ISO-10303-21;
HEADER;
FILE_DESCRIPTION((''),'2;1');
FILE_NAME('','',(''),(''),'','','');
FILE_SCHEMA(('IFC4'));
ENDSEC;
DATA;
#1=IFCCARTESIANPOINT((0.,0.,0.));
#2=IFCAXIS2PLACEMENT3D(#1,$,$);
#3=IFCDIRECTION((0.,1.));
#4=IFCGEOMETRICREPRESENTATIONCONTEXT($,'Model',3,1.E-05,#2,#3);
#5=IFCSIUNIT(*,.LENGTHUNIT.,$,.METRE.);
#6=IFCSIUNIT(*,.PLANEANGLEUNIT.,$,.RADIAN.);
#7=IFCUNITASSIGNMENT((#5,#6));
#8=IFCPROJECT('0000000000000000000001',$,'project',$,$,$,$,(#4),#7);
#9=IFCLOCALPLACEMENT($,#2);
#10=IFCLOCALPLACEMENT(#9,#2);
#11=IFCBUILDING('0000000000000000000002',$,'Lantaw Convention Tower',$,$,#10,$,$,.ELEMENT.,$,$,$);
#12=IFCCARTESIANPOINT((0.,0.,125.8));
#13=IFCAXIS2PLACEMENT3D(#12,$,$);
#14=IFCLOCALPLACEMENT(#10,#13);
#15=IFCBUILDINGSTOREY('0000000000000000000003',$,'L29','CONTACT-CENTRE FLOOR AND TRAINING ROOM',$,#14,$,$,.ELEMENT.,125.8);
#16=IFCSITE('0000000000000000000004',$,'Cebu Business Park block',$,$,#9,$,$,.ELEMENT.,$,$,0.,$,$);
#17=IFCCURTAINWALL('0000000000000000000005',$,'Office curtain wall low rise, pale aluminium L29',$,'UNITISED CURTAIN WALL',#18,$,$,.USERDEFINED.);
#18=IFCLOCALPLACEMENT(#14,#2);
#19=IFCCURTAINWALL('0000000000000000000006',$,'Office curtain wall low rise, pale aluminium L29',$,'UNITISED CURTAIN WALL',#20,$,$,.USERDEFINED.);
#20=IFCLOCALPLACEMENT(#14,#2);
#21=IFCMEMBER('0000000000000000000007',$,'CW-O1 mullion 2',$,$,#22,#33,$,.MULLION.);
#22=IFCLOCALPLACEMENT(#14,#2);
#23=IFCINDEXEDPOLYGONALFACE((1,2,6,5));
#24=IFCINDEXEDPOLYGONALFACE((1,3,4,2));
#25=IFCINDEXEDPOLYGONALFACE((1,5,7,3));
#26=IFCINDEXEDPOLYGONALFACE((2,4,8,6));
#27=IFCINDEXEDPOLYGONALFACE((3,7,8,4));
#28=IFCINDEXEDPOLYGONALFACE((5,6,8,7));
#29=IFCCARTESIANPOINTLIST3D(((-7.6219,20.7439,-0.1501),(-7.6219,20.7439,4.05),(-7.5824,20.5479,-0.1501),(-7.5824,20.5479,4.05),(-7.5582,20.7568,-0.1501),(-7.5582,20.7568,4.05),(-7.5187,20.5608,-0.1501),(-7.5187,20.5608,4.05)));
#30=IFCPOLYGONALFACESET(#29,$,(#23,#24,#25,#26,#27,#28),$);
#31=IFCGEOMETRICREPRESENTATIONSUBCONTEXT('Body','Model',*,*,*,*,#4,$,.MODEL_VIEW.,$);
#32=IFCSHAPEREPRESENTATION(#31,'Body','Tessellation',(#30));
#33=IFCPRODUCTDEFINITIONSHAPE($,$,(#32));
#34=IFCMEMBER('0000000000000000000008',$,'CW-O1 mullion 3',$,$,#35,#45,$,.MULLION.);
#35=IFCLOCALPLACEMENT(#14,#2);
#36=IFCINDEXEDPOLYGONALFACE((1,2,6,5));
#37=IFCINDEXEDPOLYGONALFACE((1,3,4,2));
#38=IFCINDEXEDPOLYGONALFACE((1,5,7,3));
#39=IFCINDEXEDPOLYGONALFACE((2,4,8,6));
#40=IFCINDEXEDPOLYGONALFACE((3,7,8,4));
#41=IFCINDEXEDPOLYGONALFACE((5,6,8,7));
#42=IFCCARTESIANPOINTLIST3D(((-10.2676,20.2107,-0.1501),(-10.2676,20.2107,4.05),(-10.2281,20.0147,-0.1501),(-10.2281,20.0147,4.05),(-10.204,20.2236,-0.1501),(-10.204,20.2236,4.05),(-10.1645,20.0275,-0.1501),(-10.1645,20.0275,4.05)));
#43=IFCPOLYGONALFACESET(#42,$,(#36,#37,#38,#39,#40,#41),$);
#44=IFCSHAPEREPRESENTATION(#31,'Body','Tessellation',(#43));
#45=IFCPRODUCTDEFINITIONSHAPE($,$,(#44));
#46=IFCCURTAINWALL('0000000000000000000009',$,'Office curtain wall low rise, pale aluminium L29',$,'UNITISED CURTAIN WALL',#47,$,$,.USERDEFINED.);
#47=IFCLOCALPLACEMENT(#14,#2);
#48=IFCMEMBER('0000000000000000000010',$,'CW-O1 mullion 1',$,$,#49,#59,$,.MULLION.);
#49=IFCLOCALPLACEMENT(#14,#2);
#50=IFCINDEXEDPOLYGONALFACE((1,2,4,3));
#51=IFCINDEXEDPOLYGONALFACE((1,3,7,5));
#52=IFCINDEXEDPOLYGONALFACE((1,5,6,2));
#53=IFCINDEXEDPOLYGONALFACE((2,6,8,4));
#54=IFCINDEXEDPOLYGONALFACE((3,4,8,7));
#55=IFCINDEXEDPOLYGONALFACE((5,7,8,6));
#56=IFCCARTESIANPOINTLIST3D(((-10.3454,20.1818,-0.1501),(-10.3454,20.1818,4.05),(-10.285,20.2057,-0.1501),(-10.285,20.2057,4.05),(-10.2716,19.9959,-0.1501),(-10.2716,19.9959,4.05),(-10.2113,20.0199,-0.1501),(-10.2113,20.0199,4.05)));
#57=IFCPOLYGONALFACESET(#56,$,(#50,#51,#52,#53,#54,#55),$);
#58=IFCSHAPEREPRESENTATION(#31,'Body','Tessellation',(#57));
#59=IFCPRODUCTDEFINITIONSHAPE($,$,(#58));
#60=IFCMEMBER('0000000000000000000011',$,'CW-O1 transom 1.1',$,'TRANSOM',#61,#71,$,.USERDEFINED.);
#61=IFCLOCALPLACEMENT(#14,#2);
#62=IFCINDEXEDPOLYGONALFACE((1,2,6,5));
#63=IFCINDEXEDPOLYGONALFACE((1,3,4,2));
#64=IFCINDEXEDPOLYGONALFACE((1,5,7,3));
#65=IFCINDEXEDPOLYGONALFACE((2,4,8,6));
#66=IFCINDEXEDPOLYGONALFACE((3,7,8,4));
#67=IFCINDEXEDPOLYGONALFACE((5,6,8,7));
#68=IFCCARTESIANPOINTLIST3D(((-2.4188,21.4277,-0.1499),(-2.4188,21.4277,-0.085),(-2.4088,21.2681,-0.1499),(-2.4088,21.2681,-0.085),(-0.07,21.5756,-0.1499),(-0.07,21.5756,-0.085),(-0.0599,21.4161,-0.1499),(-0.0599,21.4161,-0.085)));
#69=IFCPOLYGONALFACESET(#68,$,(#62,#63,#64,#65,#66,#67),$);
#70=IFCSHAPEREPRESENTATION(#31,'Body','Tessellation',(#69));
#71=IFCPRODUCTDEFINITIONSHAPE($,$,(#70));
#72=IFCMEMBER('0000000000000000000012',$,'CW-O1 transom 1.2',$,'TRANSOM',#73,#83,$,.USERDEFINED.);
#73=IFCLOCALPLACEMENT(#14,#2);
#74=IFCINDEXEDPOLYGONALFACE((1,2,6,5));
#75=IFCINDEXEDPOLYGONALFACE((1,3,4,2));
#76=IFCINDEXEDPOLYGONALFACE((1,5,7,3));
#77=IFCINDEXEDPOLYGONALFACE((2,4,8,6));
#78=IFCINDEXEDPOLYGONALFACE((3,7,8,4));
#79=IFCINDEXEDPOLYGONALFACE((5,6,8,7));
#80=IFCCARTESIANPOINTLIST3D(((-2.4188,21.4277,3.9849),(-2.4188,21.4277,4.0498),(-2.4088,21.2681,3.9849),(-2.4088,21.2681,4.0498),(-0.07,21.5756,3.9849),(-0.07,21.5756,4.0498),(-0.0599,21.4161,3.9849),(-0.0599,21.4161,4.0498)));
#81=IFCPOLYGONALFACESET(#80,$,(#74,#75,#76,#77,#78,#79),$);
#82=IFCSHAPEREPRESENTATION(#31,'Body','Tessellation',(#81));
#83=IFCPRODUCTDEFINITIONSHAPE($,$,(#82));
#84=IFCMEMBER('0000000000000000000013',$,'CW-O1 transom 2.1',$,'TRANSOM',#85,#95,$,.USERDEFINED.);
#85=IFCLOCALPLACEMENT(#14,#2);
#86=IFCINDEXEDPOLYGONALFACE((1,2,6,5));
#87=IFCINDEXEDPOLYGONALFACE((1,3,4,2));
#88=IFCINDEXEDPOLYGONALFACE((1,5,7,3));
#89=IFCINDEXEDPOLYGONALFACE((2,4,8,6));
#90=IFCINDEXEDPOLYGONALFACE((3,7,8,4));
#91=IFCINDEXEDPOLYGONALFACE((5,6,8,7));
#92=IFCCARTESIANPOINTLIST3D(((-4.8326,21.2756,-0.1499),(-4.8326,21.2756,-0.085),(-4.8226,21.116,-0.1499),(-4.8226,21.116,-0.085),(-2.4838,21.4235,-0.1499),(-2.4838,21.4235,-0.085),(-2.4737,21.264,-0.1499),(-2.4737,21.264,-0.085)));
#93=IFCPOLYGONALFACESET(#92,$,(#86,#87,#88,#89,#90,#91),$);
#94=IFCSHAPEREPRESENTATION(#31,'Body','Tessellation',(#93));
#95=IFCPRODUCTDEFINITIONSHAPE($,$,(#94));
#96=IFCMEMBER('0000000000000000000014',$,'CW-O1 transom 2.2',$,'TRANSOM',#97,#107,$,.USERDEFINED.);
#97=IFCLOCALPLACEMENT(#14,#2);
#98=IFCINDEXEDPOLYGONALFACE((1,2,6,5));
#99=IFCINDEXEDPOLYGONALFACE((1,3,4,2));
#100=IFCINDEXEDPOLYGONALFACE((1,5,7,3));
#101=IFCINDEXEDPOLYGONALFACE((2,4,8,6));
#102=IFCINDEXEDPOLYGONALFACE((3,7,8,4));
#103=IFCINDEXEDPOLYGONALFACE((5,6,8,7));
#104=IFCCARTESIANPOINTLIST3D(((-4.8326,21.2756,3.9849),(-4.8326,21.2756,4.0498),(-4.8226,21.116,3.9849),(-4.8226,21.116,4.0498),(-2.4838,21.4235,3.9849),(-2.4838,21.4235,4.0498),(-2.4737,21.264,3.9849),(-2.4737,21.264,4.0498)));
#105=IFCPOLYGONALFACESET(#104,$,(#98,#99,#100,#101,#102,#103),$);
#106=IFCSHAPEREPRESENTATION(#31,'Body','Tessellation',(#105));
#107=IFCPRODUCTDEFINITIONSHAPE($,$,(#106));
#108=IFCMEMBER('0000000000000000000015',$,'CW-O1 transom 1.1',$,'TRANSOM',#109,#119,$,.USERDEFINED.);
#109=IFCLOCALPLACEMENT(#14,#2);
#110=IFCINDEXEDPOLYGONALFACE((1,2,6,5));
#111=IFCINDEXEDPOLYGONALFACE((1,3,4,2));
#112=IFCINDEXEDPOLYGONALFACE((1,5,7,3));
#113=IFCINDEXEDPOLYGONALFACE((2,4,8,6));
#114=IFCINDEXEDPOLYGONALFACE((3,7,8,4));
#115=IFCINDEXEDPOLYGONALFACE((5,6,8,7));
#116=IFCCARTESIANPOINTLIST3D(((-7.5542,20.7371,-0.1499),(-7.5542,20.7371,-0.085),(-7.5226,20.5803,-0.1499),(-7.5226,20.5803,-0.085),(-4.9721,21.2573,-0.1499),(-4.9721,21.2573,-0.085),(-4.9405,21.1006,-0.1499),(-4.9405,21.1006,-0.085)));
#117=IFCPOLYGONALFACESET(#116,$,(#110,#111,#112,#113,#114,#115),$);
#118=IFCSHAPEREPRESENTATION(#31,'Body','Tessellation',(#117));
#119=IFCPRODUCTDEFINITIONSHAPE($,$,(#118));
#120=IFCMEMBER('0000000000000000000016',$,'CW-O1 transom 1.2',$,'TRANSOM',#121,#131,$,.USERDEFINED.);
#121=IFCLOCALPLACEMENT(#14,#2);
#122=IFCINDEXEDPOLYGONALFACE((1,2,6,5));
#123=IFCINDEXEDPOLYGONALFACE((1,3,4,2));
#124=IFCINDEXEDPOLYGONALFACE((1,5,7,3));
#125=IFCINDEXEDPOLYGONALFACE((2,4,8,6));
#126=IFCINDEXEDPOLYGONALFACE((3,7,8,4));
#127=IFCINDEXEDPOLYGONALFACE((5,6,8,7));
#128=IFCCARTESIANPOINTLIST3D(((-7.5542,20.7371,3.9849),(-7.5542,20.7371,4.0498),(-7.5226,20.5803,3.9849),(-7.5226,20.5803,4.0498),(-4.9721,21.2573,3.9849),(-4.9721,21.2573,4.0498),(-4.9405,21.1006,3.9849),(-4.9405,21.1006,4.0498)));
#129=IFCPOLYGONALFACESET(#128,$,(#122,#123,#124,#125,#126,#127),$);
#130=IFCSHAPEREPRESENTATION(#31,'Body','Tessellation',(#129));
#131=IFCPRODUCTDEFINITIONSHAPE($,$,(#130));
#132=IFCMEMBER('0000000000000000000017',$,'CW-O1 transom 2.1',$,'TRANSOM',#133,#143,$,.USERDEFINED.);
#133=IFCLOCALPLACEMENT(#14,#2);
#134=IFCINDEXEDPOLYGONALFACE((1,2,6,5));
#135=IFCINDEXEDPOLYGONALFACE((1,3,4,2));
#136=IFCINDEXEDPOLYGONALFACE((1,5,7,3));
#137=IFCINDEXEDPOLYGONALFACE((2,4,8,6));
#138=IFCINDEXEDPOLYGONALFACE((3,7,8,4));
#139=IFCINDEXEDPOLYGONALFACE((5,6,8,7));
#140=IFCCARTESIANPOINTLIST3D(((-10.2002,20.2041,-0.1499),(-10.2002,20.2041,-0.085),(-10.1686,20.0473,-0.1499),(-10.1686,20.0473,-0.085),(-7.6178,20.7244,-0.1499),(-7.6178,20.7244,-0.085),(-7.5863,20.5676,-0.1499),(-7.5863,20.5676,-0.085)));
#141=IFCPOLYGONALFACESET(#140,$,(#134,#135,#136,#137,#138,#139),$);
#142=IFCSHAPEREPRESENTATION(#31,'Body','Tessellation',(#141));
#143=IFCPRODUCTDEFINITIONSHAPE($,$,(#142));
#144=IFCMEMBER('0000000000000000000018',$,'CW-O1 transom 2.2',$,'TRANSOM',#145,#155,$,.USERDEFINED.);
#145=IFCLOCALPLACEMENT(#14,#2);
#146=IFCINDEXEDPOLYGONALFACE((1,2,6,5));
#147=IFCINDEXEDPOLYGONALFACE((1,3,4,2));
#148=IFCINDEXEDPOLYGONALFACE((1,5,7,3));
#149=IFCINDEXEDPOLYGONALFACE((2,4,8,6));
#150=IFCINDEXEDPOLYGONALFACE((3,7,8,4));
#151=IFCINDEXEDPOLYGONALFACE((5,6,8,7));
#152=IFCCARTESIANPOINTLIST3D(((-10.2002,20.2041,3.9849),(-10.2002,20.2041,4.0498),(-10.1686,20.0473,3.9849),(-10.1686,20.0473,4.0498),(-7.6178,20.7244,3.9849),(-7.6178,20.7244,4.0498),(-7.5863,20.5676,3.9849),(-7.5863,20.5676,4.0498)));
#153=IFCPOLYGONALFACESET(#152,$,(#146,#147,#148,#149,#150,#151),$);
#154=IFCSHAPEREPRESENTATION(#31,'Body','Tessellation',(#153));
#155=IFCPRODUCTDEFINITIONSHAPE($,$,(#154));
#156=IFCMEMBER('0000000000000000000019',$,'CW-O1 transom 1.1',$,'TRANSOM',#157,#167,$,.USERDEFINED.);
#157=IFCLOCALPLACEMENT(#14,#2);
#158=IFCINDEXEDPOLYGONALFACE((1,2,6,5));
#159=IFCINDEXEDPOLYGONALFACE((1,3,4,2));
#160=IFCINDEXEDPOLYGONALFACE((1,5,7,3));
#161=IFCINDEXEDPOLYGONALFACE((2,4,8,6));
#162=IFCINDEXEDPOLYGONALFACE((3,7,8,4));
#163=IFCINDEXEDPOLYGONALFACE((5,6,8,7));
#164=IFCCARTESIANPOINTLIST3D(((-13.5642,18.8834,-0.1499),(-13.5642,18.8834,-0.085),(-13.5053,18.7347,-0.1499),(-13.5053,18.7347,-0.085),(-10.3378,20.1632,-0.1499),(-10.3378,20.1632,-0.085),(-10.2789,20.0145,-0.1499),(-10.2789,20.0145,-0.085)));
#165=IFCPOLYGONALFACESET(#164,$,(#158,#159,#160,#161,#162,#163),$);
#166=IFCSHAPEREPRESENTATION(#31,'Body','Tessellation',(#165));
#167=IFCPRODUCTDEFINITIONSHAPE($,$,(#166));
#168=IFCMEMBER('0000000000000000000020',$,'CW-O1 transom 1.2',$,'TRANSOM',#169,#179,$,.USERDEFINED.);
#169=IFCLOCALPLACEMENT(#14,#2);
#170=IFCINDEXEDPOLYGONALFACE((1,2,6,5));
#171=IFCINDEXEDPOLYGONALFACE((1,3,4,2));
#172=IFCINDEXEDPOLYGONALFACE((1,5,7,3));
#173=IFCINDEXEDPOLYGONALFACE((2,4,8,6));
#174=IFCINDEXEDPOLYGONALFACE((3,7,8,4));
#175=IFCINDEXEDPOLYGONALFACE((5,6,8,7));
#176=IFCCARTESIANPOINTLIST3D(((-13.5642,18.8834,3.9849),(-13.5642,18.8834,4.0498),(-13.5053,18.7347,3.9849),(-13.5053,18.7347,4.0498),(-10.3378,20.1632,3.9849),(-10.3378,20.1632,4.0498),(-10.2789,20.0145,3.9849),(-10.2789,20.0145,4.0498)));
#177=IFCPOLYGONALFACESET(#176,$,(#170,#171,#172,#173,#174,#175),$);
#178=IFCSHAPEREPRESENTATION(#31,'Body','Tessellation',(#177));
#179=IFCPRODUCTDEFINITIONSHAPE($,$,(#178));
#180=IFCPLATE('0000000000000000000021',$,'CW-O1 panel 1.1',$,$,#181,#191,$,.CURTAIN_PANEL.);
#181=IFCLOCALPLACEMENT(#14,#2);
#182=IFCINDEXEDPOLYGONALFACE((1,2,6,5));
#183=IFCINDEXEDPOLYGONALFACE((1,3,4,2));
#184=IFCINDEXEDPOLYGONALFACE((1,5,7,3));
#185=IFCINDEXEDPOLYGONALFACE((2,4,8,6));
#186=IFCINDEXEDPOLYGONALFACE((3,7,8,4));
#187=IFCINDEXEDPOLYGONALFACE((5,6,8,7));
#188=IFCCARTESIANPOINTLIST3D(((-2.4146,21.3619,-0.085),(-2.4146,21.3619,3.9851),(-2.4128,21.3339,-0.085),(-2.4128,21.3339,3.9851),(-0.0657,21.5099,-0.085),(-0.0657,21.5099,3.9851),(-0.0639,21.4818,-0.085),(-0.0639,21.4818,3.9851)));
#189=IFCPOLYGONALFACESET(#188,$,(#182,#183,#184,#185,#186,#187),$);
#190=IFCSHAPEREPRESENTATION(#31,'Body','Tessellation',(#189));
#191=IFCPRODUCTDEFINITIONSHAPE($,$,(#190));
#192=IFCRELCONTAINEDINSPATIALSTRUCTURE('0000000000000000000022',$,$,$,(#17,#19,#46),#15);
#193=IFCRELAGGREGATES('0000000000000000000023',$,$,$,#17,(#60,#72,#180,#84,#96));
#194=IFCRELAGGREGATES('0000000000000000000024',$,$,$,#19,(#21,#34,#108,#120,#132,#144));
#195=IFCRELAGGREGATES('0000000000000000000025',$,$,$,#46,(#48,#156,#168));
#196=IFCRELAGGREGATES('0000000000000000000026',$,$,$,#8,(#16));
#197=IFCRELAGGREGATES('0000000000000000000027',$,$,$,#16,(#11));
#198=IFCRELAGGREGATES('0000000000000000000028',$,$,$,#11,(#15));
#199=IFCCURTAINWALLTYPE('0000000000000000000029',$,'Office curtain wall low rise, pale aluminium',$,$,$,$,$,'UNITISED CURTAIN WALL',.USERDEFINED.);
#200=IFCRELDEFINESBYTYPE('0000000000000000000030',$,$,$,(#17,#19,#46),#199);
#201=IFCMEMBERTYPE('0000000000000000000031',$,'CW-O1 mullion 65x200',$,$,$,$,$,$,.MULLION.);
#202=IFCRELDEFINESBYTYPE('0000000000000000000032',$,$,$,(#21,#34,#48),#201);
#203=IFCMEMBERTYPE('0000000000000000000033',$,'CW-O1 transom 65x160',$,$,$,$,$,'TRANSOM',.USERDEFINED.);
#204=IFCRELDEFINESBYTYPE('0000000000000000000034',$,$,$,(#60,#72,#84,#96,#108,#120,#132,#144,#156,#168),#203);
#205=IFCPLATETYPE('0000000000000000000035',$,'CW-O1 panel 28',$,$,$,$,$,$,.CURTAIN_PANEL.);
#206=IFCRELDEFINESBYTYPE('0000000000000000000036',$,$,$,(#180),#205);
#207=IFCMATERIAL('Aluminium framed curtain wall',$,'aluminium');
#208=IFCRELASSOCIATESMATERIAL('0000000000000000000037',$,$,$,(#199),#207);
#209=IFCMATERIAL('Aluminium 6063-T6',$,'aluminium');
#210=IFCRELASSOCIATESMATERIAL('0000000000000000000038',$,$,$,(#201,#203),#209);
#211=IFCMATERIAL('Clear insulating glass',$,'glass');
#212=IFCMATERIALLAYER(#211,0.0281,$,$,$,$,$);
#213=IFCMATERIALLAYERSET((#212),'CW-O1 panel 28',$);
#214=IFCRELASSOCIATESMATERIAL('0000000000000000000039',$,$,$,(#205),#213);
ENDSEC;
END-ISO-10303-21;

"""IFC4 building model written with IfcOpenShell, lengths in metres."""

from ifc_helpers import new_model, si_unit, direction, frame, origin, origin_2d, place, context, subcontext, project, spatial, rectangle, extrude, material, layer, layer_set, material_profile, profile_set, type_object, element, aggregate, save


model = new_model("IFC4")

# Units and contexts
model_context = context("Model", 3, precision=1e-05, world=origin(), true_north=direction((0.0, 1.0)))
body_context = subcontext(model_context, "Body", "Model", "MODEL_VIEW")
ifc_project = project(units=[si_unit("LENGTHUNIT", "METRE"), si_unit("PLANEANGLEUNIT", "RADIAN")], contexts=[model_context])

# Site, building, storey
site_placement = place(None, origin())
site = spatial("IfcSite", under=ifc_project, at=site_placement, Name="Cebu Business Park block", CompositionType="ELEMENT", RefElevation=0.0)
building_placement = place(site_placement, origin())
building = spatial("IfcBuilding", under=site, at=building_placement, Name="Lantaw Convention Tower", CompositionType="ELEMENT")
storey_placement = place(building_placement, frame((0.0, 0.0, 125.8)))
storey = spatial("IfcBuildingStorey", under=building, at=storey_placement, Name="L29", Description="CONTACT-CENTRE FLOOR AND TRAINING ROOM", CompositionType="ELEMENT", Elevation=125.8)

# Curtain walls, members
ifc_material_1 = material(Name="Aluminium framed curtain wall", Category="aluminium")
curtain_wall_type = type_object("IfcCurtainWallType", Name="Office curtain wall low rise, pale aluminium", ElementType="UNITISED CURTAIN WALL", PredefinedType="USERDEFINED", material=ifc_material_1)
curtain_wall_1_placement = place(storey_placement, origin())
curtain_wall_1 = element("IfcCurtainWall", 1, at=curtain_wall_1_placement, inside=storey, type_object=curtain_wall_type, Name="Office curtain wall low rise, pale aluminium L29", ObjectType="UNITISED CURTAIN WALL", PredefinedType="USERDEFINED")
ifc_material_2 = material(Name="Aluminium 6063-T6", Category="aluminium")
ifc_material_profile_1 = material_profile(ifc_material_2, rectangle(XDim=0.2, YDim=0.0649, at=origin_2d()), Name="CW-O1 mullion 65x200")
ifc_profile_set_1 = profile_set([ifc_material_profile_1], Name="Aluminium 6063-T6")
member_type_1 = type_object("IfcMemberType", Name="CW-O1 mullion 65x200", PredefinedType="MULLION", material=ifc_profile_set_1)
curtain_wall_2_placement = place(storey_placement, origin())
curtain_wall_2 = element("IfcCurtainWall", 2, at=curtain_wall_2_placement, inside=storey, type_object=curtain_wall_type, Name="Office curtain wall low rise, pale aluminium L29", ObjectType="UNITISED CURTAIN WALL", PredefinedType="USERDEFINED")
member_1_placement = place(storey_placement, frame((-7.5703, 20.6523, -0.1501), z_axis=(0.0, 0.0, 1.0), x_axis=(0.197507, -0.980302, 0.0)))
member_1 = element("IfcMember", 3, at=member_1_placement, type_object=member_type_1, Name="CW-O1 mullion 2", PredefinedType="MULLION", context=body_context, shape_type="SweptSolid", body=[
    extrude(rectangle(XDim=0.2, YDim=0.0649, at=origin_2d()), origin(), (0.0, 0.0, 1.0), 4.2002),
])
member_2_placement = place(storey_placement, frame((-10.2161, 20.1191, -0.1501), z_axis=(0.0, 0.0, 1.0), x_axis=(0.197507, -0.980302, 0.0)))
member_2 = element("IfcMember", 4, at=member_2_placement, type_object=member_type_1, Name="CW-O1 mullion 3", PredefinedType="MULLION", context=body_context, shape_type="SweptSolid", body=[
    extrude(rectangle(XDim=0.2, YDim=0.0649, at=origin_2d()), origin(), (0.0, 0.0, 1.0), 4.2002),
])

# Curtain wall, member
curtain_wall_3_placement = place(storey_placement, origin())
curtain_wall_3 = element("IfcCurtainWall", 5, at=curtain_wall_3_placement, inside=storey, type_object=curtain_wall_type, Name="Office curtain wall low rise, pale aluminium L29", ObjectType="UNITISED CURTAIN WALL", PredefinedType="USERDEFINED")
member_3_placement = place(storey_placement, frame((-10.2783, 20.1008, -0.1501), z_axis=(0.0, 0.0, 1.0), x_axis=(0.368702, -0.929548, 0.0)))
member_3 = element("IfcMember", 6, at=member_3_placement, type_object=member_type_1, Name="CW-O1 mullion 1", PredefinedType="MULLION", context=body_context, shape_type="SweptSolid", body=[
    extrude(rectangle(XDim=0.2, YDim=0.0649, at=origin_2d()), origin(), (0.0, 0.0, 1.0), 4.2002),
])

# Members
ifc_material_profile_2 = material_profile(ifc_material_2, rectangle(XDim=0.1599, YDim=0.0649, at=origin_2d()), Name="CW-O1 transom 65x160")
ifc_profile_set_2 = profile_set([ifc_material_profile_2], Name="Aluminium 6063-T6")
member_type_2 = type_object("IfcMemberType", Name="CW-O1 transom 65x160", ElementType="TRANSOM", PredefinedType="USERDEFINED", material=ifc_profile_set_2)
member_4_placement = place(storey_placement, frame((-0.0649, 21.4958, -0.1174), z_axis=(-0.998022, -0.062863, 0.0), x_axis=(0.062863, -0.998022, 0.0)))
member_4 = element("IfcMember", 7, at=member_4_placement, type_object=member_type_2, Name="CW-O1 transom 1.1", ObjectType="TRANSOM", PredefinedType="USERDEFINED", context=body_context, shape_type="SweptSolid", body=[
    extrude(rectangle(XDim=0.1599, YDim=0.0649, at=origin_2d()), origin(), (0.0, 0.0, 1.0), 2.3535),
])
member_5_placement = place(storey_placement, frame((-0.0649, 21.4958, 4.0173), z_axis=(-0.998022, -0.062863, 0.0), x_axis=(0.062863, -0.998022, 0.0)))
member_5 = element("IfcMember", 8, at=member_5_placement, type_object=member_type_2, Name="CW-O1 transom 1.2", ObjectType="TRANSOM", PredefinedType="USERDEFINED", context=body_context, shape_type="SweptSolid", body=[
    extrude(rectangle(XDim=0.1599, YDim=0.0649, at=origin_2d()), origin(), (0.0, 0.0, 1.0), 2.3535),
])
member_6_placement = place(storey_placement, frame((-2.4788, 21.3438, -0.1174), z_axis=(-0.998022, -0.062863, 0.0), x_axis=(0.062863, -0.998022, 0.0)))
member_6 = element("IfcMember", 9, at=member_6_placement, type_object=member_type_2, Name="CW-O1 transom 2.1", ObjectType="TRANSOM", PredefinedType="USERDEFINED", context=body_context, shape_type="SweptSolid", body=[
    extrude(rectangle(XDim=0.1599, YDim=0.0649, at=origin_2d()), origin(), (0.0, 0.0, 1.0), 2.3535),
])
member_7_placement = place(storey_placement, frame((-2.4788, 21.3438, 4.0173), z_axis=(-0.998022, -0.062863, 0.0), x_axis=(0.062863, -0.998022, 0.0)))
member_7 = element("IfcMember", 10, at=member_7_placement, type_object=member_type_2, Name="CW-O1 transom 2.2", ObjectType="TRANSOM", PredefinedType="USERDEFINED", context=body_context, shape_type="SweptSolid", body=[
    extrude(rectangle(XDim=0.1599, YDim=0.0649, at=origin_2d()), origin(), (0.0, 0.0, 1.0), 2.3535),
])
member_8_placement = place(storey_placement, frame((-4.9563, 21.179, -0.1174), z_axis=(-0.980298, -0.197524, 0.0), x_axis=(0.197524, -0.980298, 0.0)))
member_8 = element("IfcMember", 11, at=member_8_placement, type_object=member_type_2, Name="CW-O1 transom 1.1", ObjectType="TRANSOM", PredefinedType="USERDEFINED", context=body_context, shape_type="SweptSolid", body=[
    extrude(rectangle(XDim=0.1599, YDim=0.0649, at=origin_2d()), origin(), (0.0, 0.0, 1.0), 2.634),
])
member_9_placement = place(storey_placement, frame((-4.9563, 21.179, 4.0173), z_axis=(-0.980298, -0.197524, 0.0), x_axis=(0.197524, -0.980298, 0.0)))
member_9 = element("IfcMember", 12, at=member_9_placement, type_object=member_type_2, Name="CW-O1 transom 1.2", ObjectType="TRANSOM", PredefinedType="USERDEFINED", context=body_context, shape_type="SweptSolid", body=[
    extrude(rectangle(XDim=0.1599, YDim=0.0649, at=origin_2d()), origin(), (0.0, 0.0, 1.0), 2.634),
])
member_10_placement = place(storey_placement, frame((-7.6021, 20.646, -0.1174), z_axis=(-0.980302, -0.197506, 0.0), x_axis=(0.197506, -0.980302, 0.0)))
member_10 = element("IfcMember", 13, at=member_10_placement, type_object=member_type_2, Name="CW-O1 transom 2.1", ObjectType="TRANSOM", PredefinedType="USERDEFINED", context=body_context, shape_type="SweptSolid", body=[
    extrude(rectangle(XDim=0.1599, YDim=0.0649, at=origin_2d()), origin(), (0.0, 0.0, 1.0), 2.6343),
])
member_11_placement = place(storey_placement, frame((-7.6021, 20.646, 4.0173), z_axis=(-0.980302, -0.197506, 0.0), x_axis=(0.197506, -0.980302, 0.0)))
member_11 = element("IfcMember", 14, at=member_11_placement, type_object=member_type_2, Name="CW-O1 transom 2.2", ObjectType="TRANSOM", PredefinedType="USERDEFINED", context=body_context, shape_type="SweptSolid", body=[
    extrude(rectangle(XDim=0.1599, YDim=0.0649, at=origin_2d()), origin(), (0.0, 0.0, 1.0), 2.6343),
])
member_12_placement = place(storey_placement, frame((-10.3083, 20.0889, -0.1174), z_axis=(-0.92954, -0.368721, 0.0), x_axis=(0.368721, -0.92954, 0.0)))
member_12 = element("IfcMember", 15, at=member_12_placement, type_object=member_type_2, Name="CW-O1 transom 1.1", ObjectType="TRANSOM", PredefinedType="USERDEFINED", context=body_context, shape_type="SweptSolid", body=[
    extrude(rectangle(XDim=0.1599, YDim=0.0649, at=origin_2d()), origin(), (0.0, 0.0, 1.0), 3.4709),
])
member_13_placement = place(storey_placement, frame((-10.3083, 20.0889, 4.0173), z_axis=(-0.92954, -0.368721, 0.0), x_axis=(0.368721, -0.92954, 0.0)))
member_13 = element("IfcMember", 16, at=member_13_placement, type_object=member_type_2, Name="CW-O1 transom 1.2", ObjectType="TRANSOM", PredefinedType="USERDEFINED", context=body_context, shape_type="SweptSolid", body=[
    extrude(rectangle(XDim=0.1599, YDim=0.0649, at=origin_2d()), origin(), (0.0, 0.0, 1.0), 3.4709),
])

# Plate
ifc_material_3 = material(Name="Clear insulating glass", Category="glass")
ifc_layer_1 = layer(ifc_material_3, 0.0281)
ifc_layer_set_1 = layer_set([ifc_layer_1], Name="CW-O1 panel 28")
plate_type_1 = type_object("IfcPlateType", Name="CW-O1 panel 28", PredefinedType="CURTAIN_PANEL", material=ifc_layer_set_1)
plate_1_placement = place(storey_placement, frame((-1.2393, 21.4219, -0.085), z_axis=(0.0, 0.0, 1.0), x_axis=(-0.998022, -0.062865, 0.0)))
plate_1 = element("IfcPlate", 17, at=plate_1_placement, type_object=plate_type_1, Name="CW-O1 panel 1.1", PredefinedType="CURTAIN_PANEL", context=body_context, shape_type="SweptSolid", body=[
    extrude(rectangle(XDim=2.3535, YDim=0.0281, at=origin_2d()), origin(), (0.0, 0.0, 1.0), 4.0701),
])
aggregate(curtain_wall_1, [member_4, member_5, plate_1, member_6, member_7])
aggregate(curtain_wall_2, [member_1, member_2, member_8, member_9, member_10, member_11])
aggregate(curtain_wall_3, [member_3, member_12, member_13])

save(model, "model.ifc")
